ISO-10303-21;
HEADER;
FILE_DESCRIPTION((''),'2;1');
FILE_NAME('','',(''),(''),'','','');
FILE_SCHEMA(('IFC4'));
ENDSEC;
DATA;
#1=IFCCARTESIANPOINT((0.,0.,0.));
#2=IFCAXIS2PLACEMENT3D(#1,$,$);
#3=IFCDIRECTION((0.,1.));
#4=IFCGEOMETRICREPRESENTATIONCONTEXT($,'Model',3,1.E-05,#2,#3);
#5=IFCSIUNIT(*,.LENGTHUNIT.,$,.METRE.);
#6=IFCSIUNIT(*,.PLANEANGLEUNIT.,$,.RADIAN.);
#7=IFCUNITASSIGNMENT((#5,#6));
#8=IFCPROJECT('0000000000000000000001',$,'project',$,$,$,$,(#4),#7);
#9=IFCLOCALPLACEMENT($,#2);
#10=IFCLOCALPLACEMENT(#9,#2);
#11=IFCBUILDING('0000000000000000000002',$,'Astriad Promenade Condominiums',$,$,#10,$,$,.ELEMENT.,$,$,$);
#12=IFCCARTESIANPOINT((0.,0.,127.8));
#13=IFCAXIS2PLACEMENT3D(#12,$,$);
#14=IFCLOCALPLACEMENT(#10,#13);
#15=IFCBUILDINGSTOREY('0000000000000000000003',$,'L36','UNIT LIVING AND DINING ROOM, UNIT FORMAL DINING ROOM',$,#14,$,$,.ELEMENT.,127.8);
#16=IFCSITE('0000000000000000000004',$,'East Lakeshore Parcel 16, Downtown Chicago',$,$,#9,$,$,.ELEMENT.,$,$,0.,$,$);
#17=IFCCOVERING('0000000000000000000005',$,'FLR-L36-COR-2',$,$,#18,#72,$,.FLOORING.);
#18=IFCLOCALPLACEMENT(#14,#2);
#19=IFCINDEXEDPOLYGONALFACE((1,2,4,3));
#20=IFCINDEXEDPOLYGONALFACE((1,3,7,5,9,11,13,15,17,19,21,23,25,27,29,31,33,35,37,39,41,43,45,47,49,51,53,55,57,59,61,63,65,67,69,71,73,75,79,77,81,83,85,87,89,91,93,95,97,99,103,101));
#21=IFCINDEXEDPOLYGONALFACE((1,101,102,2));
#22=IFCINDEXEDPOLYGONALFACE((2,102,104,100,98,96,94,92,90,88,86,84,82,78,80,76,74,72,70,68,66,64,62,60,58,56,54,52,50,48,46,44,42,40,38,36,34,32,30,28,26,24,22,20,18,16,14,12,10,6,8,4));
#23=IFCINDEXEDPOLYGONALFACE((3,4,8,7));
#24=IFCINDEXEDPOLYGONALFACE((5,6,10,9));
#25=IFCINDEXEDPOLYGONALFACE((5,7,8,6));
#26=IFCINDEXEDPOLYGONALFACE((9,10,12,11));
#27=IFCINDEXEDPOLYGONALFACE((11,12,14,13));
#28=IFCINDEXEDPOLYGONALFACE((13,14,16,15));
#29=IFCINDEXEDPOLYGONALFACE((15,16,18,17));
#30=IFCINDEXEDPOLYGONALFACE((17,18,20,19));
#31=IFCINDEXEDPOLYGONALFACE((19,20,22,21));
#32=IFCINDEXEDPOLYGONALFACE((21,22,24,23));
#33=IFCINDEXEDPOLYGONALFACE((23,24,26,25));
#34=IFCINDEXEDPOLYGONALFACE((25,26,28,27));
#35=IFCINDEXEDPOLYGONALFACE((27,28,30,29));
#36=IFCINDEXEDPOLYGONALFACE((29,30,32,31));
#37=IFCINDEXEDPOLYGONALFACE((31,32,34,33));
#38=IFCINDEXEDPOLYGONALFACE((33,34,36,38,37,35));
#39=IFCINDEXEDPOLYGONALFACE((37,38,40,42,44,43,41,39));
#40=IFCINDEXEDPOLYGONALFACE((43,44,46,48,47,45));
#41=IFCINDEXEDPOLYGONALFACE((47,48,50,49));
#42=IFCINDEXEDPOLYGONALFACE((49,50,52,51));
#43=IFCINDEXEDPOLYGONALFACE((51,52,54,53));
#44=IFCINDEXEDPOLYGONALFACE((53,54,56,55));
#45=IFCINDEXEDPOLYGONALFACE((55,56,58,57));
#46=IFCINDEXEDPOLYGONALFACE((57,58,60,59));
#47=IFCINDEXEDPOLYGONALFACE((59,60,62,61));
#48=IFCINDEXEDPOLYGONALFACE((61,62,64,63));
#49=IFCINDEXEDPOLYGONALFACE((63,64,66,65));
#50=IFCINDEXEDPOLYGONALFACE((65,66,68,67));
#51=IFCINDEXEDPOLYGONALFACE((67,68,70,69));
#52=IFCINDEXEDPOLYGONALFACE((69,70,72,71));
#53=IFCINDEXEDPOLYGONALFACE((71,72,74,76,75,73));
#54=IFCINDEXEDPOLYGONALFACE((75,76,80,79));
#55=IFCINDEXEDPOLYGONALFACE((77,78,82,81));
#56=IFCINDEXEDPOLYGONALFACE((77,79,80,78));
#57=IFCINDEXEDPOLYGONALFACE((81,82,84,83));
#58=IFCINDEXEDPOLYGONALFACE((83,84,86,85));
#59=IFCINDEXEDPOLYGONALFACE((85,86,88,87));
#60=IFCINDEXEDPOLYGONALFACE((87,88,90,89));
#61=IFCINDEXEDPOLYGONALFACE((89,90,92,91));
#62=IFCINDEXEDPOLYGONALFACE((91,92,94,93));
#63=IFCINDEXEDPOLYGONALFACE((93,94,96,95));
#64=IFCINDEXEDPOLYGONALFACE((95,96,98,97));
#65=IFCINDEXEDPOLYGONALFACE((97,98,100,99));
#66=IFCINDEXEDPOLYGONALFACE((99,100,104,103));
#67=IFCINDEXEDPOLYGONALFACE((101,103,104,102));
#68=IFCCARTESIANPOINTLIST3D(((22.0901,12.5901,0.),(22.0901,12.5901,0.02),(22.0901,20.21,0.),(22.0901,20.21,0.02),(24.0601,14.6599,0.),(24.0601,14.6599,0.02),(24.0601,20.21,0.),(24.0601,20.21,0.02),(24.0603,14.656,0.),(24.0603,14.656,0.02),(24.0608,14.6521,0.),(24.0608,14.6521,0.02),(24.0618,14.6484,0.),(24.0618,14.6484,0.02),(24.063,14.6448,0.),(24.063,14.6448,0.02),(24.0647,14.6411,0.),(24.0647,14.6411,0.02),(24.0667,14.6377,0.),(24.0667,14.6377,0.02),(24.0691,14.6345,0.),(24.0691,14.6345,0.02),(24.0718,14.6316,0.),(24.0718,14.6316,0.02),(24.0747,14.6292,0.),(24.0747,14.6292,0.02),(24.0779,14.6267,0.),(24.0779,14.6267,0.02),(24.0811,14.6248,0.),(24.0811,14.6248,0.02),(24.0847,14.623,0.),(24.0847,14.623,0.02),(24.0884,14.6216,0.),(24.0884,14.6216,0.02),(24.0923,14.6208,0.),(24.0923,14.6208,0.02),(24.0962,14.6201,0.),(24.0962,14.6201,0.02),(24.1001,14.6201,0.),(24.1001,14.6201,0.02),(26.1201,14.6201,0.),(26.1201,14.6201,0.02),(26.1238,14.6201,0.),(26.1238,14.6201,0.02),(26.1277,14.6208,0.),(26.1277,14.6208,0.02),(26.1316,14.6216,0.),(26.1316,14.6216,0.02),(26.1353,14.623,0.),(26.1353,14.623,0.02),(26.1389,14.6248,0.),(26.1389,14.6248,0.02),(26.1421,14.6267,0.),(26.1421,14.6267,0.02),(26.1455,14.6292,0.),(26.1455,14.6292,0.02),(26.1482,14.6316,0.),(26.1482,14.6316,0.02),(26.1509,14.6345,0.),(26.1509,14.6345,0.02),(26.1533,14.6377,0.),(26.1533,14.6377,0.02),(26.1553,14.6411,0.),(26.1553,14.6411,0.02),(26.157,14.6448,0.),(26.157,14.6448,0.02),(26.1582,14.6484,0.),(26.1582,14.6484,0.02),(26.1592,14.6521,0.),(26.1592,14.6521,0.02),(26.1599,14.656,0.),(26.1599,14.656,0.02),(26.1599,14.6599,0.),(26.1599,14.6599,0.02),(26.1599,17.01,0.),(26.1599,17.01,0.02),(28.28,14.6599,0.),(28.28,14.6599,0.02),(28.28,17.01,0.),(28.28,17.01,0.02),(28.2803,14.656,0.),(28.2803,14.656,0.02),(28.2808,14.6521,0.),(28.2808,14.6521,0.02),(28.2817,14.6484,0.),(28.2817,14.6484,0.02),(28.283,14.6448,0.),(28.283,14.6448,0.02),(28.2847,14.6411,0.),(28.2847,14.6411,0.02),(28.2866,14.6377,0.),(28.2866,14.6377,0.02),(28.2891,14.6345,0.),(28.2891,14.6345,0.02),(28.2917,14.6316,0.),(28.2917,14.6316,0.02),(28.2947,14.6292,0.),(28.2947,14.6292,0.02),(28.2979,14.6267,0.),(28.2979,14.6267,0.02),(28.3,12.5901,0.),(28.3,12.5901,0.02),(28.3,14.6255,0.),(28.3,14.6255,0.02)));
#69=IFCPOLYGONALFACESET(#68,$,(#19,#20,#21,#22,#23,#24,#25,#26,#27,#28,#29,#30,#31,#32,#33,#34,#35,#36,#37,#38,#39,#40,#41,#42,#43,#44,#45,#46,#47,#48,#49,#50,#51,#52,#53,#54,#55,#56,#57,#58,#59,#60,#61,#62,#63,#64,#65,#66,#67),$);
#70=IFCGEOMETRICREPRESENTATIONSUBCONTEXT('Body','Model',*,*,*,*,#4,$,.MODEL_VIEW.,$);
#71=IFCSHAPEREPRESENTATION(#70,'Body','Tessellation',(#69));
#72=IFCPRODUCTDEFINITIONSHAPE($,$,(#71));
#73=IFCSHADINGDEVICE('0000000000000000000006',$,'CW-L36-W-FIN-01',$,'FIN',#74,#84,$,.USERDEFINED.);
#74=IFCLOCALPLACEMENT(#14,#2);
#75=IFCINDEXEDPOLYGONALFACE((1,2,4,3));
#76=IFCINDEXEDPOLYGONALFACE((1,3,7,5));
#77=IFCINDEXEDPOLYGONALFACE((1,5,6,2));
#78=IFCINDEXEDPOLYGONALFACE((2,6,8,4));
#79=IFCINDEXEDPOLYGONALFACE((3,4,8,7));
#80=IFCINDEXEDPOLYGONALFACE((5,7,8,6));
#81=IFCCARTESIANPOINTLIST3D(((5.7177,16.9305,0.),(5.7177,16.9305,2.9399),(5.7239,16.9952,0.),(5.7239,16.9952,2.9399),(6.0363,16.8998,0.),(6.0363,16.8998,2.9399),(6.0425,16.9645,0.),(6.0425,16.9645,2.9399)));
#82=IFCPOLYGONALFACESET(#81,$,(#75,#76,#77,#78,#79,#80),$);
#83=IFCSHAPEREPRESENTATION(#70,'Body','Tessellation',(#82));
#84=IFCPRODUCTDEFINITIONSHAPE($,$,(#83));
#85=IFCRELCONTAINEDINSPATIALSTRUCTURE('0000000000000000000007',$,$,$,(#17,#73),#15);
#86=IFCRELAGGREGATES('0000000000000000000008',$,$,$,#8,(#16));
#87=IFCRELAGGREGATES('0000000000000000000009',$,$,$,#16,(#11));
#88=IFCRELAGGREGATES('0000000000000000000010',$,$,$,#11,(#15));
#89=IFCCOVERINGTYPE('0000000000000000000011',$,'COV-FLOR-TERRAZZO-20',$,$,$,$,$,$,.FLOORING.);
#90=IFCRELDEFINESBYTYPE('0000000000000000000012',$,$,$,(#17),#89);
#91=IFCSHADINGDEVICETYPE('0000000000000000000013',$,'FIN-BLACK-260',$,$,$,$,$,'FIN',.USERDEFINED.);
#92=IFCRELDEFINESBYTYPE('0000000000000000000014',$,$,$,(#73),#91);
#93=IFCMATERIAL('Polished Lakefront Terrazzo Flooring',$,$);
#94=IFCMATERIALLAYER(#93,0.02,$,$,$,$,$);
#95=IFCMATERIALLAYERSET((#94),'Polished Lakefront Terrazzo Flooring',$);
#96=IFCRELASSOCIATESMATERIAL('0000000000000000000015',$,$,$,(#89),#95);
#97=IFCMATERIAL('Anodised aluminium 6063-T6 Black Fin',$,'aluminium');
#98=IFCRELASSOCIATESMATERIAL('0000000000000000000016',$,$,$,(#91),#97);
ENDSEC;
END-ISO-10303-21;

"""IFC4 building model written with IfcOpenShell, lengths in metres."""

from ifc_helpers import new_model, si_unit, direction, frame, origin, origin_2d, place, context, subcontext, project, spatial, polyline, rectangle, outline, extrude, source, transform, mapped, material, layer, layer_set, type_object, type_shapes, element, save


model = new_model("IFC4")

# Units and contexts
model_context = context("Model", 3, precision=1e-05, world=origin(), true_north=direction((0.0, 1.0)))
body_context = subcontext(model_context, "Body", "Model", "MODEL_VIEW")
ifc_project = project(units=[si_unit("LENGTHUNIT", "METRE"), si_unit("PLANEANGLEUNIT", "RADIAN")], contexts=[model_context])

# Site, building, storey
site_placement = place(None, origin())
site = spatial("IfcSite", under=ifc_project, at=site_placement, Name="East Lakeshore Parcel 16, Downtown Chicago", CompositionType="ELEMENT", RefElevation=0.0)
building_placement = place(site_placement, origin())
building = spatial("IfcBuilding", under=site, at=building_placement, Name="Astriad Promenade Condominiums", CompositionType="ELEMENT")
storey_placement = place(building_placement, frame((0.0, 0.0, 127.8)))
storey = spatial("IfcBuildingStorey", under=building, at=storey_placement, Name="L36", Description="UNIT LIVING AND DINING ROOM, UNIT FORMAL DINING ROOM", CompositionType="ELEMENT", Elevation=127.8)

# Covering
ifc_material_1 = material(Name="Polished Lakefront Terrazzo Flooring")
ifc_layer_1 = layer(ifc_material_1, 0.02)
ifc_layer_set_1 = layer_set([ifc_layer_1], Name="Polished Lakefront Terrazzo Flooring")
covering_type = type_object("IfcCoveringType", Name="COV-FLOR-TERRAZZO-20", PredefinedType="FLOORING", material=ifc_layer_set_1)
covering_1_placement = place(storey_placement, origin())
element("IfcCovering", 1, at=covering_1_placement, inside=storey, type_object=covering_type, Name="FLR-L36-COR-2", PredefinedType="FLOORING", context=body_context, shape_type="SweptSolid", body=[
    extrude(outline(polyline([(28.3, 12.5901), (22.0901, 12.5901), (22.0901, 20.21), (24.0601, 20.21), (24.0601, 14.6599), (24.0603, 14.656), (24.0608, 14.6521), (24.0618, 14.6484), (24.063, 14.6448), (24.0647, 14.6411), (24.0667, 14.6377), (24.0691, 14.6345), (24.0718, 14.6316), (24.0747, 14.6292), (24.0779, 14.6267), (24.0811, 14.6248), (24.0847, 14.623), (24.0884, 14.6216), (24.0923, 14.6208), (24.0962, 14.6201), (24.1001, 14.6201), (26.1201, 14.6201), (26.1238, 14.6201), (26.1277, 14.6208), (26.1316, 14.6216), (26.1353, 14.623), (26.1389, 14.6248), (26.1421, 14.6267), (26.1455, 14.6292), (26.1482, 14.6316), (26.1509, 14.6345), (26.1533, 14.6377), (26.1553, 14.6411), (26.157, 14.6448), (26.1582, 14.6484), (26.1592, 14.6521), (26.1599, 14.656), (26.1599, 14.6599), (26.1599, 17.01), (28.28, 17.01), (28.28, 14.6599), (28.2803, 14.656), (28.2808, 14.6521), (28.2817, 14.6484), (28.283, 14.6448), (28.2847, 14.6411), (28.2866, 14.6377), (28.2891, 14.6345), (28.2917, 14.6316), (28.2947, 14.6292), (28.2979, 14.6267), (28.3, 14.6255), (28.3, 12.5901)])), origin(), (0.0, 0.0, 1.0), 0.02),
])

# Shading device
ifc_material_2 = material(Name="Anodised aluminium 6063-T6 Black Fin", Category="aluminium")
shading_device_type = type_object("IfcShadingDeviceType", Name="FIN-BLACK-260", ElementType="FIN", PredefinedType="USERDEFINED", material=ifc_material_2)
shared_shape_1 = source(origin(), body_context, "Body", "SweptSolid", [
    extrude(rectangle(XDim=0.0649, YDim=0.3201, at=origin_2d()), origin(), (0.0, 0.0, 1.0), 2.9399),
])
type_shapes(shading_device_type, [shared_shape_1])
shading_device_placement = place(storey_placement, frame((5.8801, 16.9475, 0.0), z_axis=(0.0, 0.0, 1.0), x_axis=(0.095846, 0.995396, 0.0)))
element("IfcShadingDevice", 2, at=shading_device_placement, inside=storey, type_object=shading_device_type, Name="CW-L36-W-FIN-01", ObjectType="FIN", PredefinedType="USERDEFINED", context=body_context, shape_type="MappedRepresentation", body=[
    mapped(shared_shape_1, transform((0.0, 0.0, 0.0), scale=1.0)),
])

save(model, "model.ifc")
